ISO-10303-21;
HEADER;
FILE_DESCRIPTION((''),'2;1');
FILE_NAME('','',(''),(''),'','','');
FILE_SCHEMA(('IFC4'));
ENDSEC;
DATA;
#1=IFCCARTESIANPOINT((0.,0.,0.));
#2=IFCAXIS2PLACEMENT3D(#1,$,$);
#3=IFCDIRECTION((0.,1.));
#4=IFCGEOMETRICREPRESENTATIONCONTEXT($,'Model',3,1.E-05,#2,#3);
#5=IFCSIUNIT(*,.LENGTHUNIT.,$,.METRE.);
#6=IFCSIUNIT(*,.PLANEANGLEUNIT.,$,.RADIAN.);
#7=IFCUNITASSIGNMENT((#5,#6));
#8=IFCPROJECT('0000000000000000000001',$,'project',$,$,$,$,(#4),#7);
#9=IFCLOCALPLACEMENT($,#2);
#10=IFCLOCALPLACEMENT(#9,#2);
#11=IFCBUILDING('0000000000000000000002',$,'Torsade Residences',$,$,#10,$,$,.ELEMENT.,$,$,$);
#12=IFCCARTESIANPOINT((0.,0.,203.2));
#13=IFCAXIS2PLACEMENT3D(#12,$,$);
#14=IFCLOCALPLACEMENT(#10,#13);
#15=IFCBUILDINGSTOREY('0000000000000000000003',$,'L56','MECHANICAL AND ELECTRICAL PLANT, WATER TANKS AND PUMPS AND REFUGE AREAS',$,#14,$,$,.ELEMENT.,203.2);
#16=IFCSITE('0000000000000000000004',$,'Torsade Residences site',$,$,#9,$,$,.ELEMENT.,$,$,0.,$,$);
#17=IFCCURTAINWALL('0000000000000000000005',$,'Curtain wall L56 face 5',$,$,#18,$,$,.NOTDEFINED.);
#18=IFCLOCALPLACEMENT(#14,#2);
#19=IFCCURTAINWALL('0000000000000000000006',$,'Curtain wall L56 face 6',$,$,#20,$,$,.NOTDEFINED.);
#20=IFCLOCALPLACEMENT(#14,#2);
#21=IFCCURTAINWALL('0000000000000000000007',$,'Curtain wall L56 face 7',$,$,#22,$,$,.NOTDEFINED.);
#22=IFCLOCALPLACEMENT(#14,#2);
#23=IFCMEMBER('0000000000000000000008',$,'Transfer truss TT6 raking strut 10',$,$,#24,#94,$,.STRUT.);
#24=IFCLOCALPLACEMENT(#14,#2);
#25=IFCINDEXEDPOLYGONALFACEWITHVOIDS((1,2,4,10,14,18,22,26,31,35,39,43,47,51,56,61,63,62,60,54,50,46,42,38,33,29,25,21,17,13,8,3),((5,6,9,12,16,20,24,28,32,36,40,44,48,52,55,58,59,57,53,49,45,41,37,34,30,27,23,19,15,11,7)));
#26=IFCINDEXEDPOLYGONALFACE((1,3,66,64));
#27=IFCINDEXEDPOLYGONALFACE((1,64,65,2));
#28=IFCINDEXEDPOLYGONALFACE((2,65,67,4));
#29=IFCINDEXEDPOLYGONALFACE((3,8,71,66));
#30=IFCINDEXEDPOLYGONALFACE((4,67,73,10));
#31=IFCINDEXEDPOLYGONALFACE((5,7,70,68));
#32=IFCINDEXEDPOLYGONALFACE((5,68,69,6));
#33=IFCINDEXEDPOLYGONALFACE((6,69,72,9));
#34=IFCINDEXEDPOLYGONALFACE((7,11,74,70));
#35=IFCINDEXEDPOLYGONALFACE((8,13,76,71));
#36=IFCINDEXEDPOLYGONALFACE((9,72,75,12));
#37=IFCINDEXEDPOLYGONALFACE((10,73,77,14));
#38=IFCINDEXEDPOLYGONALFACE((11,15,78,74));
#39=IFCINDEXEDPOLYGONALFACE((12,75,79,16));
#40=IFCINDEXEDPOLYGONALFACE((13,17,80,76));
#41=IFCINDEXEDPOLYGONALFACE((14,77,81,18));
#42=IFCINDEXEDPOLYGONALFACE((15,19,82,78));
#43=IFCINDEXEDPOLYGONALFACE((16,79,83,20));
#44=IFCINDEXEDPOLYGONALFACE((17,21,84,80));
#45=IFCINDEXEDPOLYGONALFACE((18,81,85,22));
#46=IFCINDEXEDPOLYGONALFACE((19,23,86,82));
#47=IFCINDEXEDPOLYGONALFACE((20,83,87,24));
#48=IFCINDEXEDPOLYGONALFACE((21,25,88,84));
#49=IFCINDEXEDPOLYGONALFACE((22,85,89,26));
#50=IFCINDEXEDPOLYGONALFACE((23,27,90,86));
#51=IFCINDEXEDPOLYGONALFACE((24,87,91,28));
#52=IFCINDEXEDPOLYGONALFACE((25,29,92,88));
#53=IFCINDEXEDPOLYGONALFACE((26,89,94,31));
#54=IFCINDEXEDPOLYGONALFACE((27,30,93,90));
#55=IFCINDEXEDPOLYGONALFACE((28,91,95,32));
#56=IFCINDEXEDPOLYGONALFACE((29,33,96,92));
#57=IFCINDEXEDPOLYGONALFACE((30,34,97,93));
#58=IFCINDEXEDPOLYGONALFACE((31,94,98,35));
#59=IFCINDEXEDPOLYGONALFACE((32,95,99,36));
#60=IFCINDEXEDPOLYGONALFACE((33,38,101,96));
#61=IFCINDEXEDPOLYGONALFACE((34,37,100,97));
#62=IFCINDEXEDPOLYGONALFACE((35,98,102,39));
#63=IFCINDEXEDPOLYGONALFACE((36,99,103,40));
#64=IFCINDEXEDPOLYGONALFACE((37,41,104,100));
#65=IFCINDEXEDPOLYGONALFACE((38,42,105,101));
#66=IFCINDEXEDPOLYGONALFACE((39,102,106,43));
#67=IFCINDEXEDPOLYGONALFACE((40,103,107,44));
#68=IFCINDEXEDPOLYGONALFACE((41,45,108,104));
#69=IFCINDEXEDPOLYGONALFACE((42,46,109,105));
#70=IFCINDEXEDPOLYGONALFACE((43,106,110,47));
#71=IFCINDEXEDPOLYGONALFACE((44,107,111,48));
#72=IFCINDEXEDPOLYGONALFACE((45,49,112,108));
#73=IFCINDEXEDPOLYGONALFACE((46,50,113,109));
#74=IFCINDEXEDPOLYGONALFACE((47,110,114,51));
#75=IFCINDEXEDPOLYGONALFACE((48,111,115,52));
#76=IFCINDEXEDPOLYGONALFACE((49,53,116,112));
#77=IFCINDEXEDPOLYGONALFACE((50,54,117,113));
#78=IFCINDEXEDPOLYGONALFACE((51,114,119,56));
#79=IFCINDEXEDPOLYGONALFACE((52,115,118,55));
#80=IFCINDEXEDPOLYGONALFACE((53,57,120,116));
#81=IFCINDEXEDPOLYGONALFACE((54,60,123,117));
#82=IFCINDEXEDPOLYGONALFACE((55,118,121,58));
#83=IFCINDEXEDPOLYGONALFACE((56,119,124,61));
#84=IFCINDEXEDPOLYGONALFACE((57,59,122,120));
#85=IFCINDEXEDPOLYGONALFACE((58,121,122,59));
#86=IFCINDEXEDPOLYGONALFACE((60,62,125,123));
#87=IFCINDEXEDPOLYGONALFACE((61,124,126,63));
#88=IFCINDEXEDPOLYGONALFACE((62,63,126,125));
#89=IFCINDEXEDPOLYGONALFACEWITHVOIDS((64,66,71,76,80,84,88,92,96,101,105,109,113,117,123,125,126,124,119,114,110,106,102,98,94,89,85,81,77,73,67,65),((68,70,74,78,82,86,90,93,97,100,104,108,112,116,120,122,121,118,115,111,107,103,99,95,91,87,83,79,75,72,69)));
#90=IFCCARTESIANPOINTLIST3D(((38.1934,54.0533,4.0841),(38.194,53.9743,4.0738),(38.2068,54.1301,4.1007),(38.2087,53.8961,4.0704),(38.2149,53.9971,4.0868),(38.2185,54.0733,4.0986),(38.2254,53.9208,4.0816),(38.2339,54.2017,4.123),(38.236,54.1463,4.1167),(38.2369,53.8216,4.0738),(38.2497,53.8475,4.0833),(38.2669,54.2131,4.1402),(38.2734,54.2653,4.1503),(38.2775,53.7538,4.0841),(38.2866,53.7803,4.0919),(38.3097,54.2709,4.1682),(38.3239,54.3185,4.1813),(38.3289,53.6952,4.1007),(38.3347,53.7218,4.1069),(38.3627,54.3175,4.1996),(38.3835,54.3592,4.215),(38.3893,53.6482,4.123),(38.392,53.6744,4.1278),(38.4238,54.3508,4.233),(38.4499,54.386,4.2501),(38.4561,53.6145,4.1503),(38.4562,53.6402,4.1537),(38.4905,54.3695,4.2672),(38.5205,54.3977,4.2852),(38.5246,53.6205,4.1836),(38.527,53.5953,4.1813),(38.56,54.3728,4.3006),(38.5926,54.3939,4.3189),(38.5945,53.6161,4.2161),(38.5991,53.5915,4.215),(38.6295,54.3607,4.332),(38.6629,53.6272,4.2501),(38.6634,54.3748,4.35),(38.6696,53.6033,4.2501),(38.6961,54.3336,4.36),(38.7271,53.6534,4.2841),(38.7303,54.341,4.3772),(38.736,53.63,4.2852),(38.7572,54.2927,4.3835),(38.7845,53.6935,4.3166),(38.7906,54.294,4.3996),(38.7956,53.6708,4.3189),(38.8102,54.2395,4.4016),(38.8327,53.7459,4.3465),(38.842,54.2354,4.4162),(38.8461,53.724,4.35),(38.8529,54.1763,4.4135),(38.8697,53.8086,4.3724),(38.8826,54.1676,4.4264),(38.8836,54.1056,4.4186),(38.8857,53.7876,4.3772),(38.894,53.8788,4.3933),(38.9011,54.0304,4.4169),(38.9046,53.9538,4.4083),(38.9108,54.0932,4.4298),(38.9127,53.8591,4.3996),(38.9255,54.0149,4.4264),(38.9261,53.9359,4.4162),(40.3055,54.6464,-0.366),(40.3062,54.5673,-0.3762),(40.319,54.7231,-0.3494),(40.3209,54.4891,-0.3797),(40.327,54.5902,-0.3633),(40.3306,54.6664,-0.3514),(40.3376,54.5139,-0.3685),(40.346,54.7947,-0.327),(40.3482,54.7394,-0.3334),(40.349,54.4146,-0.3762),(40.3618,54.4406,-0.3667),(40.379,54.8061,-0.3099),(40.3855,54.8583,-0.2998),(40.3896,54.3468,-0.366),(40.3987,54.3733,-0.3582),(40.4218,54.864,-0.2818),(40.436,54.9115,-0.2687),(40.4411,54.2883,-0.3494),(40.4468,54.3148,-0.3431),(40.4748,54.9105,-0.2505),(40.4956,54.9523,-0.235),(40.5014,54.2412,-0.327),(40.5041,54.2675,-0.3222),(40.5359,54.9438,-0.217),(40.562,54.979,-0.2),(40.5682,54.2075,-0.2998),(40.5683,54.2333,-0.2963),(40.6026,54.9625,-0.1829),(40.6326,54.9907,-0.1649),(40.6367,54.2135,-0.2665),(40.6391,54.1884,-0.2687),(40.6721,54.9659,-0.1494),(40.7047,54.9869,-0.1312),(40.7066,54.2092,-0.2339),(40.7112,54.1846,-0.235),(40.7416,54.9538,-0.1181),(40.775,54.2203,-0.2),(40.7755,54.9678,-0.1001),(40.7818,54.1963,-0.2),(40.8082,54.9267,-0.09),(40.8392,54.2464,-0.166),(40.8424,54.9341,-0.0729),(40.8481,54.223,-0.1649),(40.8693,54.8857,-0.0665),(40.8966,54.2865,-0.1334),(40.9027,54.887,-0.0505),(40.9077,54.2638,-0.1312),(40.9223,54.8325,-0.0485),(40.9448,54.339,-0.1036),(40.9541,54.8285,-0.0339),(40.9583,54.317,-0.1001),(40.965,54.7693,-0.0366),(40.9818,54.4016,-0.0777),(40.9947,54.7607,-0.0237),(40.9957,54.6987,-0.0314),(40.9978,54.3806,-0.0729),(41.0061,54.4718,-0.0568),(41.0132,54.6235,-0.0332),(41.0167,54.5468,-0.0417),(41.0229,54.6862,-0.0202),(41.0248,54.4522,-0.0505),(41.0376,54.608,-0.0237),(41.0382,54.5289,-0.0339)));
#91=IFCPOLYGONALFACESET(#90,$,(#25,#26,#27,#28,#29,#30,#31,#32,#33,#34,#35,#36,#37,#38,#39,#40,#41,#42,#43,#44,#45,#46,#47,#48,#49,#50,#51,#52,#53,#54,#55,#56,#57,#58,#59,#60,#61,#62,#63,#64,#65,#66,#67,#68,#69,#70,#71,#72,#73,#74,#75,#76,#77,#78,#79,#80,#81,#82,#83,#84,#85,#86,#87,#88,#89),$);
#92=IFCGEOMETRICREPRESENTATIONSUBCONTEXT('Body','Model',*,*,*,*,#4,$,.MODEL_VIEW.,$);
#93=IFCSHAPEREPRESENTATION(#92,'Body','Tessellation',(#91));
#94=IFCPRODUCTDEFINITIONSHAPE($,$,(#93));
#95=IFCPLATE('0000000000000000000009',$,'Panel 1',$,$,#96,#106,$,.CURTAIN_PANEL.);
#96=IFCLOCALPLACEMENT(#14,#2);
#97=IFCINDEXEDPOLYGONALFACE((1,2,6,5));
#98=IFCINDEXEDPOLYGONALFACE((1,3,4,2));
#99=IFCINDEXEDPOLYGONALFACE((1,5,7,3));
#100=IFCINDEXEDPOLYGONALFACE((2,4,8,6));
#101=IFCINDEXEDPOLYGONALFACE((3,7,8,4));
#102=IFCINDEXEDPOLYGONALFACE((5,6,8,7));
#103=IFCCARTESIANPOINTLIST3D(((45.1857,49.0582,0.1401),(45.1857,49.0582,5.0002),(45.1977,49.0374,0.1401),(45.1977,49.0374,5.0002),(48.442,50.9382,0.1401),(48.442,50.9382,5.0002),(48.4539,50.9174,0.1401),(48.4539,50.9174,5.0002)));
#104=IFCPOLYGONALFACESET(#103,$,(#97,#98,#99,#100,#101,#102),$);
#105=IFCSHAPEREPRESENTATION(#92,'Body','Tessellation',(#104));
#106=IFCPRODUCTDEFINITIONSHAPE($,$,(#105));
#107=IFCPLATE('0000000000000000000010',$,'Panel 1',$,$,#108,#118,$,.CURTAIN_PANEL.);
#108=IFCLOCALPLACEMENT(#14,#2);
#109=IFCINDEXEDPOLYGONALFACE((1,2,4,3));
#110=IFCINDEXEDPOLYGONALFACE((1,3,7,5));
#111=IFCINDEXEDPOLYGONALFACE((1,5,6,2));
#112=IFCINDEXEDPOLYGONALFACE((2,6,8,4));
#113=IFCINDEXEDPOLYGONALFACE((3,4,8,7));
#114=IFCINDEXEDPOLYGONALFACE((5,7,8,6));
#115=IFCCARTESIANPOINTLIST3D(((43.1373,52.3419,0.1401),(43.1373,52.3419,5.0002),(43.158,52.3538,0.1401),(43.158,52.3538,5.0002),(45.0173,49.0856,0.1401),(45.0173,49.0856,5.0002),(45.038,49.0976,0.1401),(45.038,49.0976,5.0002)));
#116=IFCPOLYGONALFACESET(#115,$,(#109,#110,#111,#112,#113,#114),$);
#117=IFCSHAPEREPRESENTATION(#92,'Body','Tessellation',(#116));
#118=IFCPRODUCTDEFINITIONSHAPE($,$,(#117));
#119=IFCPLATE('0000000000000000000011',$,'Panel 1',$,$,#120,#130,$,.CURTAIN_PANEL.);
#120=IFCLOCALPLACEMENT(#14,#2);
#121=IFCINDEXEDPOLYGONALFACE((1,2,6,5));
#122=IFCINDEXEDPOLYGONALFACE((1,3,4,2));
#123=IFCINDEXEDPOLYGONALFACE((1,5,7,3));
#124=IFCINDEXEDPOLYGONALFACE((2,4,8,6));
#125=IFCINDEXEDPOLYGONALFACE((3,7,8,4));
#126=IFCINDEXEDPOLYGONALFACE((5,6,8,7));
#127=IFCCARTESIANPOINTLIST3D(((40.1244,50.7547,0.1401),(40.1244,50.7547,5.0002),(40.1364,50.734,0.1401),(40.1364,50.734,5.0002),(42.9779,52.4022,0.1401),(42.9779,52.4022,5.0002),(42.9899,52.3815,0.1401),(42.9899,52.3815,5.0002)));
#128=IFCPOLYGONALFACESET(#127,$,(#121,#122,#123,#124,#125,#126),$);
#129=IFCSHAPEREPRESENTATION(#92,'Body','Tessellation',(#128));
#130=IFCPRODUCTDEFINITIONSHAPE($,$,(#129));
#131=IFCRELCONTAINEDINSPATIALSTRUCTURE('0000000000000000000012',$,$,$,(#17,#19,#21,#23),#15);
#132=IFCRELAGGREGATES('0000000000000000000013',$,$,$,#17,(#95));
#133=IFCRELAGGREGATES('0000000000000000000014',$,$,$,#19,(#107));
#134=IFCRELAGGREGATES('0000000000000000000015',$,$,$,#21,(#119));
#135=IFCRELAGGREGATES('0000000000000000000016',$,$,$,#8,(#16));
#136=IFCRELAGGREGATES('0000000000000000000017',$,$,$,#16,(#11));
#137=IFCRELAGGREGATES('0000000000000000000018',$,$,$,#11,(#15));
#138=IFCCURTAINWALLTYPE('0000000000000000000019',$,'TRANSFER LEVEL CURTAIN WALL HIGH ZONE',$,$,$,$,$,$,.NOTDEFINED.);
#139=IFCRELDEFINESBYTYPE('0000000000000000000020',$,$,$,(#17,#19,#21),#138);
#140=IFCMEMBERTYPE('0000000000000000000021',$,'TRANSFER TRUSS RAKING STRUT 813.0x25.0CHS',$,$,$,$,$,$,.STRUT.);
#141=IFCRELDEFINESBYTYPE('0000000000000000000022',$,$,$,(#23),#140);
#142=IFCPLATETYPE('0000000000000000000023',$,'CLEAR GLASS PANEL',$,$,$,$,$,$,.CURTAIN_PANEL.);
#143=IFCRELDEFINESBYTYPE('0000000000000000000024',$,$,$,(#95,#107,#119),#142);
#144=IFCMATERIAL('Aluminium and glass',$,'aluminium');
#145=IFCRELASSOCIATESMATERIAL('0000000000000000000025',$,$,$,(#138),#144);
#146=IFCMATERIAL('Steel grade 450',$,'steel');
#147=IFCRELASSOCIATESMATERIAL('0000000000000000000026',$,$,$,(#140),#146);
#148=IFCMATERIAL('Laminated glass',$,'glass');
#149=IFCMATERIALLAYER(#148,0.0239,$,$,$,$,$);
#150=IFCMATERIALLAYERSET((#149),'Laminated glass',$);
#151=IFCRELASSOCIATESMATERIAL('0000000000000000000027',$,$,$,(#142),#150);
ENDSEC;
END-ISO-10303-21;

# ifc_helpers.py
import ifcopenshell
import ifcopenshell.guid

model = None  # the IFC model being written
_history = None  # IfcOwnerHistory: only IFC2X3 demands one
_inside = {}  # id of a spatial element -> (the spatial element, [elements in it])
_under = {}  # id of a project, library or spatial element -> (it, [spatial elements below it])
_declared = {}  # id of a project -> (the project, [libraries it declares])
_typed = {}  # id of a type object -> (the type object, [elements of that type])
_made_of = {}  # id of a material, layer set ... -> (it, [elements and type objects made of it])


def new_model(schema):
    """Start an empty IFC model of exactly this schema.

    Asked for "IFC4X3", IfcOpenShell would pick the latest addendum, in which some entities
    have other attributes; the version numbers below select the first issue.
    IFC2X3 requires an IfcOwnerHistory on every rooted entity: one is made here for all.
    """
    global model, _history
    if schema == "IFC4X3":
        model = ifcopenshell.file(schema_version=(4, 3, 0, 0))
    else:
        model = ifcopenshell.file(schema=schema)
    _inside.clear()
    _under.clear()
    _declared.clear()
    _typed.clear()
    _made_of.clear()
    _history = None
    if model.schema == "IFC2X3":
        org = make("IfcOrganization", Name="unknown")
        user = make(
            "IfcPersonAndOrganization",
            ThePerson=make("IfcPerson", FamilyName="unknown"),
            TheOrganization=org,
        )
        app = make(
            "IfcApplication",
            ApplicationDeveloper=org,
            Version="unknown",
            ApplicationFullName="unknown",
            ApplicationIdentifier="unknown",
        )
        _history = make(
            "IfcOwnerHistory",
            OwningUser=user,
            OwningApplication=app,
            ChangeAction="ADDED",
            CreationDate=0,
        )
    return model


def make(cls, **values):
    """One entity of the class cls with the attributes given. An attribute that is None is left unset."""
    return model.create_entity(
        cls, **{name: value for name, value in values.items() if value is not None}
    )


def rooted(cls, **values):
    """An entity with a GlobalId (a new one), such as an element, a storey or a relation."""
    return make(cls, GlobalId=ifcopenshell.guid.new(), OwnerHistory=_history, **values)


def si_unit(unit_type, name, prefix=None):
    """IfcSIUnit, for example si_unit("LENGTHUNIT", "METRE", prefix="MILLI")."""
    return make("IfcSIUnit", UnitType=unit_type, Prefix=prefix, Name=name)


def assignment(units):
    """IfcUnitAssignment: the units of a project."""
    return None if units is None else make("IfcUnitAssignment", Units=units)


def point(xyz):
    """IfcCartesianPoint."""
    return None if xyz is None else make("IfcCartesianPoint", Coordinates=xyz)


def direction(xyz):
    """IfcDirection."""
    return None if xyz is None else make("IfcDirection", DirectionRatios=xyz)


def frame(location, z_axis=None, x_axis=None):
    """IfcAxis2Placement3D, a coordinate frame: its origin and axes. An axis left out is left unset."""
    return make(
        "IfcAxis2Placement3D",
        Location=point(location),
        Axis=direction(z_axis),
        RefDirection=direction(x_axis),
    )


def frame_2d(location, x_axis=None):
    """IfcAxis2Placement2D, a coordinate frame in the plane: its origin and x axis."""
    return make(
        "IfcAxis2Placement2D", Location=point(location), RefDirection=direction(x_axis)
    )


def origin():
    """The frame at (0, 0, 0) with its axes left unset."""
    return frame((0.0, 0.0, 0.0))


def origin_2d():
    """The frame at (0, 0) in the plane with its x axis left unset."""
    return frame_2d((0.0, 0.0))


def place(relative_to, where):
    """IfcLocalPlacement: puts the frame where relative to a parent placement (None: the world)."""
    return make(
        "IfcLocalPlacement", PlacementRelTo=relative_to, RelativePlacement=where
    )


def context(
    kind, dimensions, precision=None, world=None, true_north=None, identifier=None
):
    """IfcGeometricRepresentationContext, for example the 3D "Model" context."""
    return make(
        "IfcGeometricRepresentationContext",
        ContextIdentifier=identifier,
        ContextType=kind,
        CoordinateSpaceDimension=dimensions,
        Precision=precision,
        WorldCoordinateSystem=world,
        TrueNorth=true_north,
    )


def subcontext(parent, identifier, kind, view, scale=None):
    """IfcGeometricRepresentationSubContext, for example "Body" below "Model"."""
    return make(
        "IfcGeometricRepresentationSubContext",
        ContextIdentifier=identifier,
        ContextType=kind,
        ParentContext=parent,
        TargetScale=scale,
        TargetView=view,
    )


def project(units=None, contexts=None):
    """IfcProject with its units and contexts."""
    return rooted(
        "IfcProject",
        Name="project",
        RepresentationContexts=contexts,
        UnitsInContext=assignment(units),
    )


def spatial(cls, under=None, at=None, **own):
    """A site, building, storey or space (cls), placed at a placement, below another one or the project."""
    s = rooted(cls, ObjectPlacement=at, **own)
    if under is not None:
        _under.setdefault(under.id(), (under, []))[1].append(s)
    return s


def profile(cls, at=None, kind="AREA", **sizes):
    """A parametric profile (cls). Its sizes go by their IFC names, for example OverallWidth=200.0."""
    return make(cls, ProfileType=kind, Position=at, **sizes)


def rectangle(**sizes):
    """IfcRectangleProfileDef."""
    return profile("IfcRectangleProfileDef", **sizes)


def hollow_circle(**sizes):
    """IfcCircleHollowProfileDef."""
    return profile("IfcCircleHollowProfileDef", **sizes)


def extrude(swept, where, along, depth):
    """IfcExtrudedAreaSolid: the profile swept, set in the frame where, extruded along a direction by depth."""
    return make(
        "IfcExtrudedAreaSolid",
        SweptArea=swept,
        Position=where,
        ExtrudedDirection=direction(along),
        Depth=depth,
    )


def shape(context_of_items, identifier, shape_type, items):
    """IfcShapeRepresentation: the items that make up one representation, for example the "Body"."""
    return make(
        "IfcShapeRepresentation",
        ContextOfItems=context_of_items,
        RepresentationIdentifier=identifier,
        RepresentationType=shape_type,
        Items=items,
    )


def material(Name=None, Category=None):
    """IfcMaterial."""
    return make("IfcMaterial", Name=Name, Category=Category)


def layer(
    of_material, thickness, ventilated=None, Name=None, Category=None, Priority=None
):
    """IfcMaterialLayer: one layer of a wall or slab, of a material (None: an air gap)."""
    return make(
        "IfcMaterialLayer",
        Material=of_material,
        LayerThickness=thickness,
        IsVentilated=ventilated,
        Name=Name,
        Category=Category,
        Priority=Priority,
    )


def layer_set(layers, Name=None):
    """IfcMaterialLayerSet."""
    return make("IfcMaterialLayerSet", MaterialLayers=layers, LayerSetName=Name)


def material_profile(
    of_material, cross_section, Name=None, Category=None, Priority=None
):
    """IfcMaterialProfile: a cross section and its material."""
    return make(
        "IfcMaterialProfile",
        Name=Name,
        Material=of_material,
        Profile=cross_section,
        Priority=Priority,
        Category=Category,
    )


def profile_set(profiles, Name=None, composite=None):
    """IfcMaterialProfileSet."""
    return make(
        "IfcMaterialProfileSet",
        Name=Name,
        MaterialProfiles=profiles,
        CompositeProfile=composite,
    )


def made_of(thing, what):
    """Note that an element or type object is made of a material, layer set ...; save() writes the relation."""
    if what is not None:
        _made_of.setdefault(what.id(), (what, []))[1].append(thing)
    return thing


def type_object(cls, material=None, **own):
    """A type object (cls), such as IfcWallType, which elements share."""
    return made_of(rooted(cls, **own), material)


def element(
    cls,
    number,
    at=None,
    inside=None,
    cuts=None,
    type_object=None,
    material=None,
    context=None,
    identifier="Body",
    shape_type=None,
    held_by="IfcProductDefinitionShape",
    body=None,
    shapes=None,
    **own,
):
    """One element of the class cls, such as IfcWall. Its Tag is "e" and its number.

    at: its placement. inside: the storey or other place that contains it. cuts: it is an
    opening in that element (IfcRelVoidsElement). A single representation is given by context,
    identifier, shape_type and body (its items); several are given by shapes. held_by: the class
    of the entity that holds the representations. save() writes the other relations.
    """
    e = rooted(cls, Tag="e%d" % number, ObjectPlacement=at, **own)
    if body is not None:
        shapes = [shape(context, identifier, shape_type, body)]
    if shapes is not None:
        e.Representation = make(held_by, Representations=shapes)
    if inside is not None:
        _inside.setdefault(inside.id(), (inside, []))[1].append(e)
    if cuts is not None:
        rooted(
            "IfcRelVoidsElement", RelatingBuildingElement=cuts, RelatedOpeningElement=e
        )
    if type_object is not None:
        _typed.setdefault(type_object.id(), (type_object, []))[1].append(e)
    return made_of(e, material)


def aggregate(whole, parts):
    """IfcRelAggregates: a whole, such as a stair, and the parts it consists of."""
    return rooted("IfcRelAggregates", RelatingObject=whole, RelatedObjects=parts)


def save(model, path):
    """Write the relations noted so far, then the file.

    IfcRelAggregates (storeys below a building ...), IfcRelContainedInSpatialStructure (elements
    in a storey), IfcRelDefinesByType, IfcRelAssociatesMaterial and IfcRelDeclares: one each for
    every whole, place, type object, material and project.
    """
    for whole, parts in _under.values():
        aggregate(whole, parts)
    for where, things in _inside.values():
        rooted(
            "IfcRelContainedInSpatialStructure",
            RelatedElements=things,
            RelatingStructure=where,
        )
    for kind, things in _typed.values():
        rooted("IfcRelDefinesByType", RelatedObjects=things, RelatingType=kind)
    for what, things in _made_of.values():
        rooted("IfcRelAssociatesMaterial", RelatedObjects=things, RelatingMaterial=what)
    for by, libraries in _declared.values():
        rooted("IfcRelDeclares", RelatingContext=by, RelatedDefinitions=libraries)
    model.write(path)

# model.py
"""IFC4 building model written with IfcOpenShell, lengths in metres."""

from ifc_helpers import new_model, si_unit, direction, frame, origin, origin_2d, place, context, subcontext, project, spatial, rectangle, hollow_circle, extrude, material, layer, layer_set, material_profile, profile_set, type_object, element, aggregate, save


model = new_model("IFC4")

# Units and contexts
model_context = context("Model", 3, precision=1e-05, world=origin(), true_north=direction((0.0, 1.0)))
body_context = subcontext(model_context, "Body", "Model", "MODEL_VIEW")
ifc_project = project(units=[si_unit("LENGTHUNIT", "METRE"), si_unit("PLANEANGLEUNIT", "RADIAN")], contexts=[model_context])

# Site, building, storey
site_placement = place(None, origin())
site = spatial("IfcSite", under=ifc_project, at=site_placement, Name="Torsade Residences site", CompositionType="ELEMENT", RefElevation=0.0)
building_placement = place(site_placement, origin())
building = spatial("IfcBuilding", under=site, at=building_placement, Name="Torsade Residences", CompositionType="ELEMENT")
storey_placement = place(building_placement, frame((0.0, 0.0, 203.2)))
storey = spatial("IfcBuildingStorey", under=building, at=storey_placement, Name="L56", Description="MECHANICAL AND ELECTRICAL PLANT, WATER TANKS AND PUMPS AND REFUGE AREAS", CompositionType="ELEMENT", Elevation=203.2)

# Curtain walls
ifc_material_1 = material(Name="Aluminium and glass", Category="aluminium")
curtain_wall_type = type_object("IfcCurtainWallType", Name="TRANSFER LEVEL CURTAIN WALL HIGH ZONE", PredefinedType="NOTDEFINED", material=ifc_material_1)
curtain_wall_1_placement = place(storey_placement, origin())
curtain_wall_1 = element("IfcCurtainWall", 1, at=curtain_wall_1_placement, inside=storey, type_object=curtain_wall_type, Name="Curtain wall L56 face 5", PredefinedType="NOTDEFINED")
curtain_wall_2_placement = place(storey_placement, origin())
curtain_wall_2 = element("IfcCurtainWall", 2, at=curtain_wall_2_placement, inside=storey, type_object=curtain_wall_type, Name="Curtain wall L56 face 6", PredefinedType="NOTDEFINED")

# Curtain wall
curtain_wall_3_placement = place(storey_placement, origin())
curtain_wall_3 = element("IfcCurtainWall", 3, at=curtain_wall_3_placement, inside=storey, type_object=curtain_wall_type, Name="Curtain wall L56 face 7", PredefinedType="NOTDEFINED")

# Member
ifc_material_2 = material(Name="Steel grade 450", Category="steel")
ifc_material_profile_1 = material_profile(ifc_material_2, hollow_circle(Radius=0.4065, WallThickness=0.0249, at=origin_2d()), Name="813.0x25.0CHS")
ifc_profile_set_1 = profile_set([ifc_material_profile_1], Name="Steel grade 450")
member_type_1 = type_object("IfcMemberType", Name="TRANSFER TRUSS RAKING STRUT 813.0x25.0CHS", PredefinedType="STRUT", material=ifc_profile_set_1)
member_1_placement = place(storey_placement, frame((40.6719, 54.5876, -0.2), z_axis=(-0.425707, -0.119529, 0.896932), x_axis=(0.270323, -0.96277, 0.0)))
element("IfcMember", 4, at=member_1_placement, inside=storey, type_object=member_type_1, Name="Transfer truss TT6 raking strut 10", PredefinedType="STRUT", context=body_context, shape_type="SweptSolid", body=[
    extrude(hollow_circle(Radius=0.4065, WallThickness=0.0249, at=origin_2d()), origin(), (0.0, 0.0, 1.0), 4.9614),
])

# Plates
ifc_material_3 = material(Name="Laminated glass", Category="glass")
ifc_layer = layer(ifc_material_3, 0.0239)
ifc_layer_set = layer_set([ifc_layer], Name="Laminated glass")
plate_type = type_object("IfcPlateType", Name="CLEAR GLASS PANEL", PredefinedType="CURTAIN_PANEL", material=ifc_layer_set)
plate_1_placement = place(storey_placement, frame((46.8198, 49.9878, 0.1401), z_axis=(0.0, 0.0, 1.0), x_axis=(-0.866025, -0.5, 0.0)))
plate_1 = element("IfcPlate", 5, at=plate_1_placement, type_object=plate_type, Name="Panel 1", PredefinedType="CURTAIN_PANEL", context=body_context, shape_type="SweptSolid", body=[
    extrude(rectangle(XDim=3.76, YDim=0.0239, at=origin_2d()), origin(), (0.0, 0.0, 1.0), 4.8601),
])
aggregate(curtain_wall_1, [plate_1])
plate_2_placement = place(storey_placement, frame((44.0876, 50.7197, 0.1401), z_axis=(0.0, 0.0, 1.0), x_axis=(-0.5, 0.866025, 0.0)))
plate_2 = element("IfcPlate", 6, at=plate_2_placement, type_object=plate_type, Name="Panel 1", PredefinedType="CURTAIN_PANEL", context=body_context, shape_type="SweptSolid", body=[
    extrude(rectangle(XDim=3.76, YDim=0.0239, at=origin_2d()), origin(), (0.0, 0.0, 1.0), 4.8601),
])
aggregate(curtain_wall_2, [plate_2])
plate_3_placement = place(storey_placement, frame((41.5571, 51.5681, 0.1401), z_axis=(0.0, 0.0, 1.0), x_axis=(-0.866025, -0.5, 0.0)))
plate_3 = element("IfcPlate", 7, at=plate_3_placement, type_object=plate_type, Name="Panel 1", PredefinedType="CURTAIN_PANEL", context=body_context, shape_type="SweptSolid", body=[
    extrude(rectangle(XDim=3.2949, YDim=0.0239, at=origin_2d()), origin(), (0.0, 0.0, 1.0), 4.8601),
])
aggregate(curtain_wall_3, [plate_3])

save(model, "model.ifc")
